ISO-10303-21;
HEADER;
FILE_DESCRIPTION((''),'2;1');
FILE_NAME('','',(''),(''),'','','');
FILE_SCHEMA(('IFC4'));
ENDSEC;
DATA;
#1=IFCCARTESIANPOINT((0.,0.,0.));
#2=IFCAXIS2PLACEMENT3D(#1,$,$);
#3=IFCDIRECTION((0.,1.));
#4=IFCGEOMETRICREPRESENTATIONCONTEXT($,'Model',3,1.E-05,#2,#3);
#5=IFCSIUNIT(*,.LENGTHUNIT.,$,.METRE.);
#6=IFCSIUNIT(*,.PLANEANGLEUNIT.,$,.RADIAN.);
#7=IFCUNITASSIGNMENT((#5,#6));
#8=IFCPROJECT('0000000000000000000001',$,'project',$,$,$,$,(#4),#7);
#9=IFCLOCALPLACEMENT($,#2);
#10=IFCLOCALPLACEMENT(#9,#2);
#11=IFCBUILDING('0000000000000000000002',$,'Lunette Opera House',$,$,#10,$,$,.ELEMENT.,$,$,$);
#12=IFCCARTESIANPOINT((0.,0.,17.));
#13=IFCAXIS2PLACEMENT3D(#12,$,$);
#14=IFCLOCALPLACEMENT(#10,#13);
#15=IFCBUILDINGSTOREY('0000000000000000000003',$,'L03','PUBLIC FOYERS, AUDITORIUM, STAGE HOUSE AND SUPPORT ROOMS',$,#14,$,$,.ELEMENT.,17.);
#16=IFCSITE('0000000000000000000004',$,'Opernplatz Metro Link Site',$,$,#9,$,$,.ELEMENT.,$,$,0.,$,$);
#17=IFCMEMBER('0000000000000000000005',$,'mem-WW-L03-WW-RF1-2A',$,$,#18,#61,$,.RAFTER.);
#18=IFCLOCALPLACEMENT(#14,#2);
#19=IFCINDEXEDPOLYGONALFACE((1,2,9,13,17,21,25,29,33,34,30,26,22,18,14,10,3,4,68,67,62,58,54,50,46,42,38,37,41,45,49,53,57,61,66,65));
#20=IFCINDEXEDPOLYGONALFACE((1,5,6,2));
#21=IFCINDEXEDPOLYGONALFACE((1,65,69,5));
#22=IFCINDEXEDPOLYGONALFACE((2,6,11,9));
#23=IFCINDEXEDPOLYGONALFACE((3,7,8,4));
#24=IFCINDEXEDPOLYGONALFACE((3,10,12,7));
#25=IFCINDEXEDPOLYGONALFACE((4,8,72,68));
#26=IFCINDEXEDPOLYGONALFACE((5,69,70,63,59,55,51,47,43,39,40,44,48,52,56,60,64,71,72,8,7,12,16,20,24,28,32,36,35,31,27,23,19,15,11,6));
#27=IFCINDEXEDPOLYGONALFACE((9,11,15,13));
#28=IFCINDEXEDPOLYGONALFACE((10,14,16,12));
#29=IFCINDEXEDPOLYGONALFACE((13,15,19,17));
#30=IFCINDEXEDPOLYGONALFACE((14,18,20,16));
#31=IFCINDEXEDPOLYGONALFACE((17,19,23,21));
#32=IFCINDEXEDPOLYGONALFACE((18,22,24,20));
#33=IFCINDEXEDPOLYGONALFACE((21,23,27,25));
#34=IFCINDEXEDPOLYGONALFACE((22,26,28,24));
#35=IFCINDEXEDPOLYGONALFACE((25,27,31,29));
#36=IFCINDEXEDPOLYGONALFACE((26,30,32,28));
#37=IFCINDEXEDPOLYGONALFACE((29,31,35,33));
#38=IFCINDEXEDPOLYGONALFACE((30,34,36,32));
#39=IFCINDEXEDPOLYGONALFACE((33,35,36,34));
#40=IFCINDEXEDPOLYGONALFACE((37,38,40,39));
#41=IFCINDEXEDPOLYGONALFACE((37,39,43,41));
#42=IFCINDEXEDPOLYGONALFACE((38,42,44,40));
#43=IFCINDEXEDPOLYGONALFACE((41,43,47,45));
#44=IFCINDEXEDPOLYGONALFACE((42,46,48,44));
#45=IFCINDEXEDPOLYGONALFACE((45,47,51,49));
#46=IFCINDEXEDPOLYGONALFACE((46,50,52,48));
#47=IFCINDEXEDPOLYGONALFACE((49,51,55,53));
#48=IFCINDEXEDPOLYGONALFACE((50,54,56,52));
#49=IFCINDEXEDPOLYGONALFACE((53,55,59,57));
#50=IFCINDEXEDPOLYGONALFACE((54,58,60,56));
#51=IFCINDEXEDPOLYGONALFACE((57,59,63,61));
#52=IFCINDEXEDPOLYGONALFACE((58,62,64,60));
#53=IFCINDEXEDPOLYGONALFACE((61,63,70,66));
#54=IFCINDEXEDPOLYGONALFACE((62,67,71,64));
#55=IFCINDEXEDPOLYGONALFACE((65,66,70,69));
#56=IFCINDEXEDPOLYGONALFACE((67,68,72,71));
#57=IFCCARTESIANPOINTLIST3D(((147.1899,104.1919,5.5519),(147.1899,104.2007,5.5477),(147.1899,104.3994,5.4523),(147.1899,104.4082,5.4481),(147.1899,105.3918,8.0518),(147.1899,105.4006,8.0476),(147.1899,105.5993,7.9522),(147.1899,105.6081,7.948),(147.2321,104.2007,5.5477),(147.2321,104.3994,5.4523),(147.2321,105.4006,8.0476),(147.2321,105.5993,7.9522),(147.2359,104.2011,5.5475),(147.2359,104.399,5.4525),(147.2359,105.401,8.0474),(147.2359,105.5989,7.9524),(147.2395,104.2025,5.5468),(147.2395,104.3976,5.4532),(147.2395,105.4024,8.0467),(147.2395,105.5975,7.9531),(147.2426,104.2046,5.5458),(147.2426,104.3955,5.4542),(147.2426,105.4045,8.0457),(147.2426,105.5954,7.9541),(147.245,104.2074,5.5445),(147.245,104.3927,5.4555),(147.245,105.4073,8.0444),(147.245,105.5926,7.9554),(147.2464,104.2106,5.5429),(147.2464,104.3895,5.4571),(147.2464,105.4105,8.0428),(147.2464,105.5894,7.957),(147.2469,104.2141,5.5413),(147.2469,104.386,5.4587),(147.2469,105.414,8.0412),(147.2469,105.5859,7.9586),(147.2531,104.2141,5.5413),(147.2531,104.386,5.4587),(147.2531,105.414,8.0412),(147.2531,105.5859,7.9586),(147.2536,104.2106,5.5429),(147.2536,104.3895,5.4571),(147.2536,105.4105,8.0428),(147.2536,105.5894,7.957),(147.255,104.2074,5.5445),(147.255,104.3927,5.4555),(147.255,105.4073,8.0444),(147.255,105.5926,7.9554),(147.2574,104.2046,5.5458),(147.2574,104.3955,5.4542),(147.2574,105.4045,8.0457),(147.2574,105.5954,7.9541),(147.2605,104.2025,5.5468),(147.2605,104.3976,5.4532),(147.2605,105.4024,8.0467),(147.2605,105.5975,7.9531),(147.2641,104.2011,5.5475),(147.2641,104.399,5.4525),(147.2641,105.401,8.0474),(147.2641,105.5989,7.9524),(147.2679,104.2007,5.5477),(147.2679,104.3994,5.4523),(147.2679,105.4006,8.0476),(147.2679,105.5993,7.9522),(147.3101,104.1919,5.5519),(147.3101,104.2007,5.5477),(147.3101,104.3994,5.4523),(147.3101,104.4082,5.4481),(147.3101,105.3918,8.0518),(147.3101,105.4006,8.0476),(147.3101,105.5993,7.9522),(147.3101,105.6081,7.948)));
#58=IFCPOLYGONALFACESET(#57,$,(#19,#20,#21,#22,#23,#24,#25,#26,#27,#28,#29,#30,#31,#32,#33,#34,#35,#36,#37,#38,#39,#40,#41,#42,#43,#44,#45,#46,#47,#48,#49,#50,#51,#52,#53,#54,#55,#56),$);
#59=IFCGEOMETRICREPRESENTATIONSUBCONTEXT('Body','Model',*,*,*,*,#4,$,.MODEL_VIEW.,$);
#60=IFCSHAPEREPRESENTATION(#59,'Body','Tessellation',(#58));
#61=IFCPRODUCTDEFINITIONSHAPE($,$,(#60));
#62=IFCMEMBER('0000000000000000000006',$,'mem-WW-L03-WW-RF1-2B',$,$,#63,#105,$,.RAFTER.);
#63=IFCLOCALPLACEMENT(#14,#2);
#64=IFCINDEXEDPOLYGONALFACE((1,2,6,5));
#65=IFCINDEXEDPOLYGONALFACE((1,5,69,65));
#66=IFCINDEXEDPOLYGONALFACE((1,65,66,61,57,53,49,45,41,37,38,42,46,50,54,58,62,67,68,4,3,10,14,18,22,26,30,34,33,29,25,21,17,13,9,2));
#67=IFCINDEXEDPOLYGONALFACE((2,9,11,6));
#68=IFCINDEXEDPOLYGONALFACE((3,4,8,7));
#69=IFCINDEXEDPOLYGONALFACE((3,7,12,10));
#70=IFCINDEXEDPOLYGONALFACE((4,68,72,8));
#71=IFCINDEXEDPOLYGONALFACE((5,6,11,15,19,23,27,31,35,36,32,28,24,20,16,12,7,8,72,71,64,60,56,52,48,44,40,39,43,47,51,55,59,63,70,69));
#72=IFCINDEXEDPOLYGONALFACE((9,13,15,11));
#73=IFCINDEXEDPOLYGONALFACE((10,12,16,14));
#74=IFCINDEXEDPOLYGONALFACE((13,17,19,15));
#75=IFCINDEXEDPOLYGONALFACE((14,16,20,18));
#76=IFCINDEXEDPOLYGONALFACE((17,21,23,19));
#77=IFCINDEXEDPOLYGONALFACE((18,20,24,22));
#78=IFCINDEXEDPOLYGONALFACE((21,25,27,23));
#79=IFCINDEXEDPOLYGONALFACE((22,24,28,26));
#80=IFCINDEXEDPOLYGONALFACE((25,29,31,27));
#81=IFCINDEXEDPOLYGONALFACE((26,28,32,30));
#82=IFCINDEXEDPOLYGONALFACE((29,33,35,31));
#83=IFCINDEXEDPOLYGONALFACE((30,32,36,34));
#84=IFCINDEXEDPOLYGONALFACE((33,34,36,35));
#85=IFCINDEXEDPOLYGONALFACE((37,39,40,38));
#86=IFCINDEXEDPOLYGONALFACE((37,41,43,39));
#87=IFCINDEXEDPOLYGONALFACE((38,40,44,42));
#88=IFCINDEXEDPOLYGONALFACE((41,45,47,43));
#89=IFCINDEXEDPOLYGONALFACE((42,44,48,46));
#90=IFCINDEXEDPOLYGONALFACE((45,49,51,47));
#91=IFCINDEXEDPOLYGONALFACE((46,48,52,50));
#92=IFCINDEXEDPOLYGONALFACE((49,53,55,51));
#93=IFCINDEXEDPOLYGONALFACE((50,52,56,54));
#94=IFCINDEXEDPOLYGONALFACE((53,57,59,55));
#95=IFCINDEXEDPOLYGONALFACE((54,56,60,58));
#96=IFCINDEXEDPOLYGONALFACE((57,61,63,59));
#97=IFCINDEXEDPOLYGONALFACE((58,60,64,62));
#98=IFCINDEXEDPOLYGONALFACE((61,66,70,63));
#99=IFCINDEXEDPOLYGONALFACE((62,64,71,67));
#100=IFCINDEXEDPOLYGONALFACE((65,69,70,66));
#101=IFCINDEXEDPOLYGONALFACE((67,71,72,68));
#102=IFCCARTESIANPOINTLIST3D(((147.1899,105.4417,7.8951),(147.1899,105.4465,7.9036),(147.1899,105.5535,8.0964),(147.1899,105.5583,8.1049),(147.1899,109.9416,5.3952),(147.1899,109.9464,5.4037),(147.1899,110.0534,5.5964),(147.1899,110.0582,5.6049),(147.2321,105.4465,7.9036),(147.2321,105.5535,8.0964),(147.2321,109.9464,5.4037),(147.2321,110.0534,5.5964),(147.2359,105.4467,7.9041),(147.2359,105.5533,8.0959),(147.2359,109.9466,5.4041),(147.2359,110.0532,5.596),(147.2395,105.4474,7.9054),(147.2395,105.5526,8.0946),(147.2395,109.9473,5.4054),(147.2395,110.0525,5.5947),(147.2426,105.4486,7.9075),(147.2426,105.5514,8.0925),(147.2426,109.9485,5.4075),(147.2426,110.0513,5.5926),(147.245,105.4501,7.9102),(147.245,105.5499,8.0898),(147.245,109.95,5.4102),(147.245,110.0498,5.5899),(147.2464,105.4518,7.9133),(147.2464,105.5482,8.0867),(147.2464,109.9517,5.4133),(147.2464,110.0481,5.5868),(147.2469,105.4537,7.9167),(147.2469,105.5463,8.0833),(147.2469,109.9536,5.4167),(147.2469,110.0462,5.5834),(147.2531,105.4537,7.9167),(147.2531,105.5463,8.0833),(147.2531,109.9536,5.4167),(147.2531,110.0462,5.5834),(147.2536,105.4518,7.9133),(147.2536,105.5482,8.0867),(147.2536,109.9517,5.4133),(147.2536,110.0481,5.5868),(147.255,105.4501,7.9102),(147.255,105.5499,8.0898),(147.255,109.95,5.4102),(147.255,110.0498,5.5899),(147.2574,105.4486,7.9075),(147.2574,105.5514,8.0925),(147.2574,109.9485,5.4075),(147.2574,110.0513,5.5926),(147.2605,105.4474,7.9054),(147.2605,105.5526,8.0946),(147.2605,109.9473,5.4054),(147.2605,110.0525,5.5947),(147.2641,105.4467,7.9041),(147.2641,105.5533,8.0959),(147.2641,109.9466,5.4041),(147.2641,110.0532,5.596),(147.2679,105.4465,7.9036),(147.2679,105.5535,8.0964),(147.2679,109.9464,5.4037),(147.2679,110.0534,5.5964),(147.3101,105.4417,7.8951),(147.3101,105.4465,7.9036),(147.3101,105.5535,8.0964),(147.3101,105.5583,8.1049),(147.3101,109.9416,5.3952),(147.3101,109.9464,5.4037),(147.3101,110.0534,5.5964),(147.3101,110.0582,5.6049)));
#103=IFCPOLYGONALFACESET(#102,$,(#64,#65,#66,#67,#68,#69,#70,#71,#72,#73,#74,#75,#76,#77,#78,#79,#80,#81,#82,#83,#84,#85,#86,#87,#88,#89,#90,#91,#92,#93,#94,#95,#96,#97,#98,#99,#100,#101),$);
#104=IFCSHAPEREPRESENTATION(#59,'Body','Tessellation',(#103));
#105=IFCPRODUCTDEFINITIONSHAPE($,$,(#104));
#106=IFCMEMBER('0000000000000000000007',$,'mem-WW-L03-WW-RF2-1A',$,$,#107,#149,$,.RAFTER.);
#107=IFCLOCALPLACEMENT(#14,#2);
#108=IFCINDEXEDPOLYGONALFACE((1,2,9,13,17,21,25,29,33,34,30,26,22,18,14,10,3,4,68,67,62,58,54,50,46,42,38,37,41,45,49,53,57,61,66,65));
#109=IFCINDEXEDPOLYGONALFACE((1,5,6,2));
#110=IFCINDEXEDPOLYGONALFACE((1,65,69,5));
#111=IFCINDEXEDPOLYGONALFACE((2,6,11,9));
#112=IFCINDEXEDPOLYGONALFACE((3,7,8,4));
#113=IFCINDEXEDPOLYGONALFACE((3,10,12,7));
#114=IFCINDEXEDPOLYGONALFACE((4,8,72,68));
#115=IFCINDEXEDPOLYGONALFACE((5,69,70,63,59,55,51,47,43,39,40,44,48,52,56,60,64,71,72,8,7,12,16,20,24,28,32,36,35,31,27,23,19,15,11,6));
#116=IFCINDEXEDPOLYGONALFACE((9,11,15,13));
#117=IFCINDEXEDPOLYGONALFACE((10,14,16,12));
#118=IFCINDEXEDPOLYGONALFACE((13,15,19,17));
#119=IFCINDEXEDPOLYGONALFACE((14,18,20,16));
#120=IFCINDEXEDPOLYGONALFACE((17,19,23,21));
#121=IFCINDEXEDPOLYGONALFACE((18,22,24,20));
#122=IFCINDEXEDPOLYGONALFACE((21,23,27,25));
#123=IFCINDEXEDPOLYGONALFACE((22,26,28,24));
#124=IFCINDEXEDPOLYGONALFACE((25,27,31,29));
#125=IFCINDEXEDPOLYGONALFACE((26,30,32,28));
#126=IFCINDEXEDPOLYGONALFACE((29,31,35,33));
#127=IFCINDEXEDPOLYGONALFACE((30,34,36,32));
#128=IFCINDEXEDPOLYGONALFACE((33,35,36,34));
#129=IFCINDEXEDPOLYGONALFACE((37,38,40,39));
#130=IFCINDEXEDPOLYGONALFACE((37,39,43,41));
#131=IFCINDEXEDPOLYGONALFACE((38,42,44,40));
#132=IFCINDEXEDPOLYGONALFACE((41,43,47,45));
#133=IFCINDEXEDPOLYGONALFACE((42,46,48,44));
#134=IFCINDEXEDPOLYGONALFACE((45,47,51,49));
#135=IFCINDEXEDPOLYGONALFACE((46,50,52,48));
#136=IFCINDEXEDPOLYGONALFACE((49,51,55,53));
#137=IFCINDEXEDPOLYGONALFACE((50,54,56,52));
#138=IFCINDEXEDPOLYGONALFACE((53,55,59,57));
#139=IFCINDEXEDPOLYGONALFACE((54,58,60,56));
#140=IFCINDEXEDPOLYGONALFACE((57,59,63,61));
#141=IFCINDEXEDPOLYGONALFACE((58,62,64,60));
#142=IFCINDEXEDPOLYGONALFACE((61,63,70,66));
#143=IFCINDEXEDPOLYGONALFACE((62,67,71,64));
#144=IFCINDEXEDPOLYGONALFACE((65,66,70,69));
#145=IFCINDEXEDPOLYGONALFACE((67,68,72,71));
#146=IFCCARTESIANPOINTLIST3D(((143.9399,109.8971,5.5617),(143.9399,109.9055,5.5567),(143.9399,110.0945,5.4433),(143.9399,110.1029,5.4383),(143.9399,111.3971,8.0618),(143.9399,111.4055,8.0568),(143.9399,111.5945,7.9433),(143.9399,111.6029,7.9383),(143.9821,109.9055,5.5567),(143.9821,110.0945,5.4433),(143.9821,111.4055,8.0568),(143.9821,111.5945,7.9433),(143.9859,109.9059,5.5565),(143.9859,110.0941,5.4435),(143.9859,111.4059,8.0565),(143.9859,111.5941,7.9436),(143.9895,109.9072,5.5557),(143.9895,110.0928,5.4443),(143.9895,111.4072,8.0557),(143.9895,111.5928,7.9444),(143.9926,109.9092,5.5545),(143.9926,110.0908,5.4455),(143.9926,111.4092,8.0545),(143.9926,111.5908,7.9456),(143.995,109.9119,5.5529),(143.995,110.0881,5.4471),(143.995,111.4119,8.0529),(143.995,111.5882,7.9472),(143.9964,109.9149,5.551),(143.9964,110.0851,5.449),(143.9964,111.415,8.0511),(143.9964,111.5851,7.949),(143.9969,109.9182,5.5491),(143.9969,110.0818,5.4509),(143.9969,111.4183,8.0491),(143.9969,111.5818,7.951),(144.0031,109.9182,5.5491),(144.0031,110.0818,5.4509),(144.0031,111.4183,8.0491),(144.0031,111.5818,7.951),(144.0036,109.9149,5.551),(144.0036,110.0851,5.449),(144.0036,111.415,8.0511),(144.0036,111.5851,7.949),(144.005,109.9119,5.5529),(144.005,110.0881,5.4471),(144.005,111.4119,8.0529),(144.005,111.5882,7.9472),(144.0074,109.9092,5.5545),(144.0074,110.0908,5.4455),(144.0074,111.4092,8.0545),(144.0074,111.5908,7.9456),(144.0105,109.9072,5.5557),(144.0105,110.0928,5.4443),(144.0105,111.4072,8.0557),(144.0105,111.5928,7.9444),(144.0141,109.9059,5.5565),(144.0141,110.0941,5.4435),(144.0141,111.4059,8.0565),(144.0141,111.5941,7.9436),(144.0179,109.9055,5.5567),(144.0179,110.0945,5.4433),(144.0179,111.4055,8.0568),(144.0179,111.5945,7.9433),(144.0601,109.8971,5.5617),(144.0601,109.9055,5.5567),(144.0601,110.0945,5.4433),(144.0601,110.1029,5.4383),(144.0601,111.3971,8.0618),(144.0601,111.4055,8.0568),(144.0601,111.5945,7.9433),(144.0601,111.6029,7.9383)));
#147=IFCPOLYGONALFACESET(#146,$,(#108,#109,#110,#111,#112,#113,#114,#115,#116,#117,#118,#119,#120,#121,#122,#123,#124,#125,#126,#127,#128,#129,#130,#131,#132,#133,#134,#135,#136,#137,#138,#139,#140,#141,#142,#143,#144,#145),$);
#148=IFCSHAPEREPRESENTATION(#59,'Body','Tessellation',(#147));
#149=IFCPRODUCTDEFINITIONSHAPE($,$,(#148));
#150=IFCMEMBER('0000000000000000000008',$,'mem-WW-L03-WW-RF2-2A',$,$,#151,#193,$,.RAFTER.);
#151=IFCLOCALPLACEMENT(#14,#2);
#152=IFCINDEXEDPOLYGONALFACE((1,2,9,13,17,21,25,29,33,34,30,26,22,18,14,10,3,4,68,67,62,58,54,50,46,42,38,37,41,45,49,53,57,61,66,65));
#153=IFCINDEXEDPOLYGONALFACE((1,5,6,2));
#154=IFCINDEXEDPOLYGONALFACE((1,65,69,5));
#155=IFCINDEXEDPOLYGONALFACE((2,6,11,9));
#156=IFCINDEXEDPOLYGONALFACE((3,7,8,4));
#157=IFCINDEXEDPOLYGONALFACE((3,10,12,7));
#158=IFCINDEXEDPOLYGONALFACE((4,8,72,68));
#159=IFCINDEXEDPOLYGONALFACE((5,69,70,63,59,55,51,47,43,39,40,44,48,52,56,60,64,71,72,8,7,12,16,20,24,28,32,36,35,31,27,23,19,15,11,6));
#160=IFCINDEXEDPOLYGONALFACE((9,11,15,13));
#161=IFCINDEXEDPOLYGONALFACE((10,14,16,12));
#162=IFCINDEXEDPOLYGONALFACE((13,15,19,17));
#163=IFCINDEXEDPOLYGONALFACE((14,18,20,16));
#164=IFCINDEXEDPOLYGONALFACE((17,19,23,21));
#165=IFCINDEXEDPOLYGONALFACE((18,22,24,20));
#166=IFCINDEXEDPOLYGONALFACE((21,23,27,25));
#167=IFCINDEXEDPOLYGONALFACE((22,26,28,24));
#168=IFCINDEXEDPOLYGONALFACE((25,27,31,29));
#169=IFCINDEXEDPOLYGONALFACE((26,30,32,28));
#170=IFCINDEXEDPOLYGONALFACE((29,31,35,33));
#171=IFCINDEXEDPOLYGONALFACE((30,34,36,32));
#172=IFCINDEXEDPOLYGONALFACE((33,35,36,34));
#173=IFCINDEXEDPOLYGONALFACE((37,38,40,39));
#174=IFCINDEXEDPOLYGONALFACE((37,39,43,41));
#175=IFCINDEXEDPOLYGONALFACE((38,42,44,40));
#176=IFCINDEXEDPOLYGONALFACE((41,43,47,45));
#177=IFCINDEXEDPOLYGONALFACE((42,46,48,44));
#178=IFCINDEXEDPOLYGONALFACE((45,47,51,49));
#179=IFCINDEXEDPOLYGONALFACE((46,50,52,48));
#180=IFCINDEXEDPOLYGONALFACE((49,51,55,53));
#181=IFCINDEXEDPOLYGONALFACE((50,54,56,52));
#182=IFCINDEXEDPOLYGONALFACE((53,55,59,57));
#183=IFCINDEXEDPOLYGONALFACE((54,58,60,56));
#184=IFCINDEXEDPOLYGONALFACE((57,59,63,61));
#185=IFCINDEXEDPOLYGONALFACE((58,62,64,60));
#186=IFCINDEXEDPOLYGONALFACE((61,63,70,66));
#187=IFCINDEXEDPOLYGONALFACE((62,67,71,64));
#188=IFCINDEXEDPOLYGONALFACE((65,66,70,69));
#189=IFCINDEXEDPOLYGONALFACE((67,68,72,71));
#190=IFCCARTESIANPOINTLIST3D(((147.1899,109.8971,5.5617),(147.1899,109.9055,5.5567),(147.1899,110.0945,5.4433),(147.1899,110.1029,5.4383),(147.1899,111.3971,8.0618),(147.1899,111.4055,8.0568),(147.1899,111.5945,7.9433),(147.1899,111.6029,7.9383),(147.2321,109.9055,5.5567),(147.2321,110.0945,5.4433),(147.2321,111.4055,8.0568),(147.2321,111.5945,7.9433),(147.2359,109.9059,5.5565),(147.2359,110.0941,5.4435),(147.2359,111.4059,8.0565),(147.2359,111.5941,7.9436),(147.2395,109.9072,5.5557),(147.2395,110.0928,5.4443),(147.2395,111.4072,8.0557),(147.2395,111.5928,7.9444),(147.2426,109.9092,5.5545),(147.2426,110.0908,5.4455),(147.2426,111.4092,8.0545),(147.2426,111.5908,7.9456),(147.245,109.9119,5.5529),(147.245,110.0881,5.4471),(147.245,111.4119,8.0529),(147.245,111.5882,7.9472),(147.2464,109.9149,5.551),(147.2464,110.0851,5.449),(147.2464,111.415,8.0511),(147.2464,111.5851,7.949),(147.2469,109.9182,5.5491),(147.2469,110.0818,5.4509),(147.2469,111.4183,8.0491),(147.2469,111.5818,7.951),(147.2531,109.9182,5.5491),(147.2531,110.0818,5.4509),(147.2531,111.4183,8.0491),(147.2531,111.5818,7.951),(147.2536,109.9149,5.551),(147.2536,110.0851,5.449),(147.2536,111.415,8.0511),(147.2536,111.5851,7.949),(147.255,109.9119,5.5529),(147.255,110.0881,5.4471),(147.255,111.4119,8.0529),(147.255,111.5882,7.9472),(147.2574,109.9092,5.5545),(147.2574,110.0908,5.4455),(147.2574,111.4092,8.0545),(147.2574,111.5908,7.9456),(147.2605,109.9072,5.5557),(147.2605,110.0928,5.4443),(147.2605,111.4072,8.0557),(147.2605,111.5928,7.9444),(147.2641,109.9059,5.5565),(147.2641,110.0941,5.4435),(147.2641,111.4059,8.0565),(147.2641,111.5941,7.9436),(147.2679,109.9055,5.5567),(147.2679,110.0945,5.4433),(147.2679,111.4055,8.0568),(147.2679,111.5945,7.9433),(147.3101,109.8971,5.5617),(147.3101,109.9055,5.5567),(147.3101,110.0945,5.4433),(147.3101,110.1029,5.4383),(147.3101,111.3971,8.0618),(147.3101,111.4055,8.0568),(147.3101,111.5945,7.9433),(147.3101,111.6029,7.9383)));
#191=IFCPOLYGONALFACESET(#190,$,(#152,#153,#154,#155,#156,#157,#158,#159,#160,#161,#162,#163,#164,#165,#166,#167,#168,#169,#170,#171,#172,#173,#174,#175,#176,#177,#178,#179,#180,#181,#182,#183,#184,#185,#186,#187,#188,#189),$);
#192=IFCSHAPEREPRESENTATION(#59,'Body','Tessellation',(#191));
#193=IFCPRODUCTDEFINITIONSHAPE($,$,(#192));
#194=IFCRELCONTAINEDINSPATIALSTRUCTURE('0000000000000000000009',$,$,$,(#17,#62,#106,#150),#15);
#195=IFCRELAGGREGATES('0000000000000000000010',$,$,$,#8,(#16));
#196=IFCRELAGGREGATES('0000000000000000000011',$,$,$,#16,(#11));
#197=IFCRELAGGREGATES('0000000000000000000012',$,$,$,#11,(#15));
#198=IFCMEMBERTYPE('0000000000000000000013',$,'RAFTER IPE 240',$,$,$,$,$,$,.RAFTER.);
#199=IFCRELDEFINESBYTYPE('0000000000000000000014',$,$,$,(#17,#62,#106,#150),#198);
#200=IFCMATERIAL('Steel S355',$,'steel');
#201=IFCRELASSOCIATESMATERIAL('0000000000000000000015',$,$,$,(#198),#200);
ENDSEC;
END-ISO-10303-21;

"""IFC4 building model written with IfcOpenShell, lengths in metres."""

from ifc_helpers import new_model, si_unit, direction, frame, origin, origin_2d, place, context, subcontext, project, spatial, i_section, extrude, material, material_profile, profile_set, type_object, element, save


model = new_model("IFC4")

# Units and contexts
model_context = context("Model", 3, precision=1e-05, world=origin(), true_north=direction((0.0, 1.0)))
body_context = subcontext(model_context, "Body", "Model", "MODEL_VIEW")
ifc_project = project(units=[si_unit("LENGTHUNIT", "METRE"), si_unit("PLANEANGLEUNIT", "RADIAN")], contexts=[model_context])

# Site, building, storey
site_placement = place(None, origin())
site = spatial("IfcSite", under=ifc_project, at=site_placement, Name="Opernplatz Metro Link Site", CompositionType="ELEMENT", RefElevation=0.0)
building_placement = place(site_placement, origin())
building = spatial("IfcBuilding", under=site, at=building_placement, Name="Lunette Opera House", CompositionType="ELEMENT")
storey_placement = place(building_placement, frame((0.0, 0.0, 17.0)))
storey = spatial("IfcBuildingStorey", under=building, at=storey_placement, Name="L03", Description="PUBLIC FOYERS, AUDITORIUM, STAGE HOUSE AND SUPPORT ROOMS", CompositionType="ELEMENT", Elevation=17.0)

# Members
ifc_material_1 = material(Name="Steel S355", Category="steel")
ifc_material_profile_1 = material_profile(ifc_material_1, i_section(OverallWidth=0.1201, OverallDepth=0.24, WebThickness=0.0061, FlangeThickness=0.0098, FilletRadius=0.0149, at=origin_2d()), Name="IPE 240")
ifc_profile_set_1 = profile_set([ifc_material_profile_1], Name="Steel S355")
member_type_1 = type_object("IfcMemberType", Name="RAFTER IPE 240", PredefinedType="RAFTER", material=ifc_profile_set_1)
member_1_placement = place(storey_placement, frame((147.25, 104.3, 5.5), z_axis=(0.0, 0.432717, 0.90153), x_axis=(-1.0, 0.0, 0.0)))
element("IfcMember", 1, at=member_1_placement, inside=storey, type_object=member_type_1, Name="mem-WW-L03-WW-RF1-2A", PredefinedType="RAFTER", context=body_context, shape_type="SweptSolid", body=[
    extrude(i_section(OverallWidth=0.1201, OverallDepth=0.24, WebThickness=0.0061, FlangeThickness=0.0098, FilletRadius=0.0149, at=origin_2d()), origin(), (0.0, 0.0, 1.0), 2.7729),
])
member_2_placement = place(storey_placement, frame((147.25, 105.5, 8.0), z_axis=(0.0, 0.874157, -0.485643), x_axis=(-1.0, 0.0, 0.0)))
element("IfcMember", 2, at=member_2_placement, inside=storey, type_object=member_type_1, Name="mem-WW-L03-WW-RF1-2B", PredefinedType="RAFTER", context=body_context, shape_type="SweptSolid", body=[
    extrude(i_section(OverallWidth=0.1201, OverallDepth=0.24, WebThickness=0.0061, FlangeThickness=0.0098, FilletRadius=0.0149, at=origin_2d()), origin(), (0.0, 0.0, 1.0), 5.1477),
])
for number, where, z_axis, x_axis, name in (
    (3, (144.0, 110.0, 5.5), (0.0, 0.514496, 0.857493), (-1.0, 0.0, 0.0), "mem-WW-L03-WW-RF2-1A"),
    (4, (147.25, 110.0, 5.5), (0.0, 0.514496, 0.857493), (-1.0, 0.0, 0.0), "mem-WW-L03-WW-RF2-2A"),
):
    element("IfcMember", number, at=place(storey_placement, frame(where, z_axis=z_axis, x_axis=x_axis)), inside=storey, type_object=member_type_1, Name=name, PredefinedType="RAFTER", context=body_context, shape_type="SweptSolid", body=[
        extrude(i_section(OverallWidth=0.1201, OverallDepth=0.24, WebThickness=0.0061, FlangeThickness=0.0098, FilletRadius=0.0149, at=origin_2d()), origin(), (0.0, 0.0, 1.0), 2.9155),
    ])

save(model, "model.ifc")
